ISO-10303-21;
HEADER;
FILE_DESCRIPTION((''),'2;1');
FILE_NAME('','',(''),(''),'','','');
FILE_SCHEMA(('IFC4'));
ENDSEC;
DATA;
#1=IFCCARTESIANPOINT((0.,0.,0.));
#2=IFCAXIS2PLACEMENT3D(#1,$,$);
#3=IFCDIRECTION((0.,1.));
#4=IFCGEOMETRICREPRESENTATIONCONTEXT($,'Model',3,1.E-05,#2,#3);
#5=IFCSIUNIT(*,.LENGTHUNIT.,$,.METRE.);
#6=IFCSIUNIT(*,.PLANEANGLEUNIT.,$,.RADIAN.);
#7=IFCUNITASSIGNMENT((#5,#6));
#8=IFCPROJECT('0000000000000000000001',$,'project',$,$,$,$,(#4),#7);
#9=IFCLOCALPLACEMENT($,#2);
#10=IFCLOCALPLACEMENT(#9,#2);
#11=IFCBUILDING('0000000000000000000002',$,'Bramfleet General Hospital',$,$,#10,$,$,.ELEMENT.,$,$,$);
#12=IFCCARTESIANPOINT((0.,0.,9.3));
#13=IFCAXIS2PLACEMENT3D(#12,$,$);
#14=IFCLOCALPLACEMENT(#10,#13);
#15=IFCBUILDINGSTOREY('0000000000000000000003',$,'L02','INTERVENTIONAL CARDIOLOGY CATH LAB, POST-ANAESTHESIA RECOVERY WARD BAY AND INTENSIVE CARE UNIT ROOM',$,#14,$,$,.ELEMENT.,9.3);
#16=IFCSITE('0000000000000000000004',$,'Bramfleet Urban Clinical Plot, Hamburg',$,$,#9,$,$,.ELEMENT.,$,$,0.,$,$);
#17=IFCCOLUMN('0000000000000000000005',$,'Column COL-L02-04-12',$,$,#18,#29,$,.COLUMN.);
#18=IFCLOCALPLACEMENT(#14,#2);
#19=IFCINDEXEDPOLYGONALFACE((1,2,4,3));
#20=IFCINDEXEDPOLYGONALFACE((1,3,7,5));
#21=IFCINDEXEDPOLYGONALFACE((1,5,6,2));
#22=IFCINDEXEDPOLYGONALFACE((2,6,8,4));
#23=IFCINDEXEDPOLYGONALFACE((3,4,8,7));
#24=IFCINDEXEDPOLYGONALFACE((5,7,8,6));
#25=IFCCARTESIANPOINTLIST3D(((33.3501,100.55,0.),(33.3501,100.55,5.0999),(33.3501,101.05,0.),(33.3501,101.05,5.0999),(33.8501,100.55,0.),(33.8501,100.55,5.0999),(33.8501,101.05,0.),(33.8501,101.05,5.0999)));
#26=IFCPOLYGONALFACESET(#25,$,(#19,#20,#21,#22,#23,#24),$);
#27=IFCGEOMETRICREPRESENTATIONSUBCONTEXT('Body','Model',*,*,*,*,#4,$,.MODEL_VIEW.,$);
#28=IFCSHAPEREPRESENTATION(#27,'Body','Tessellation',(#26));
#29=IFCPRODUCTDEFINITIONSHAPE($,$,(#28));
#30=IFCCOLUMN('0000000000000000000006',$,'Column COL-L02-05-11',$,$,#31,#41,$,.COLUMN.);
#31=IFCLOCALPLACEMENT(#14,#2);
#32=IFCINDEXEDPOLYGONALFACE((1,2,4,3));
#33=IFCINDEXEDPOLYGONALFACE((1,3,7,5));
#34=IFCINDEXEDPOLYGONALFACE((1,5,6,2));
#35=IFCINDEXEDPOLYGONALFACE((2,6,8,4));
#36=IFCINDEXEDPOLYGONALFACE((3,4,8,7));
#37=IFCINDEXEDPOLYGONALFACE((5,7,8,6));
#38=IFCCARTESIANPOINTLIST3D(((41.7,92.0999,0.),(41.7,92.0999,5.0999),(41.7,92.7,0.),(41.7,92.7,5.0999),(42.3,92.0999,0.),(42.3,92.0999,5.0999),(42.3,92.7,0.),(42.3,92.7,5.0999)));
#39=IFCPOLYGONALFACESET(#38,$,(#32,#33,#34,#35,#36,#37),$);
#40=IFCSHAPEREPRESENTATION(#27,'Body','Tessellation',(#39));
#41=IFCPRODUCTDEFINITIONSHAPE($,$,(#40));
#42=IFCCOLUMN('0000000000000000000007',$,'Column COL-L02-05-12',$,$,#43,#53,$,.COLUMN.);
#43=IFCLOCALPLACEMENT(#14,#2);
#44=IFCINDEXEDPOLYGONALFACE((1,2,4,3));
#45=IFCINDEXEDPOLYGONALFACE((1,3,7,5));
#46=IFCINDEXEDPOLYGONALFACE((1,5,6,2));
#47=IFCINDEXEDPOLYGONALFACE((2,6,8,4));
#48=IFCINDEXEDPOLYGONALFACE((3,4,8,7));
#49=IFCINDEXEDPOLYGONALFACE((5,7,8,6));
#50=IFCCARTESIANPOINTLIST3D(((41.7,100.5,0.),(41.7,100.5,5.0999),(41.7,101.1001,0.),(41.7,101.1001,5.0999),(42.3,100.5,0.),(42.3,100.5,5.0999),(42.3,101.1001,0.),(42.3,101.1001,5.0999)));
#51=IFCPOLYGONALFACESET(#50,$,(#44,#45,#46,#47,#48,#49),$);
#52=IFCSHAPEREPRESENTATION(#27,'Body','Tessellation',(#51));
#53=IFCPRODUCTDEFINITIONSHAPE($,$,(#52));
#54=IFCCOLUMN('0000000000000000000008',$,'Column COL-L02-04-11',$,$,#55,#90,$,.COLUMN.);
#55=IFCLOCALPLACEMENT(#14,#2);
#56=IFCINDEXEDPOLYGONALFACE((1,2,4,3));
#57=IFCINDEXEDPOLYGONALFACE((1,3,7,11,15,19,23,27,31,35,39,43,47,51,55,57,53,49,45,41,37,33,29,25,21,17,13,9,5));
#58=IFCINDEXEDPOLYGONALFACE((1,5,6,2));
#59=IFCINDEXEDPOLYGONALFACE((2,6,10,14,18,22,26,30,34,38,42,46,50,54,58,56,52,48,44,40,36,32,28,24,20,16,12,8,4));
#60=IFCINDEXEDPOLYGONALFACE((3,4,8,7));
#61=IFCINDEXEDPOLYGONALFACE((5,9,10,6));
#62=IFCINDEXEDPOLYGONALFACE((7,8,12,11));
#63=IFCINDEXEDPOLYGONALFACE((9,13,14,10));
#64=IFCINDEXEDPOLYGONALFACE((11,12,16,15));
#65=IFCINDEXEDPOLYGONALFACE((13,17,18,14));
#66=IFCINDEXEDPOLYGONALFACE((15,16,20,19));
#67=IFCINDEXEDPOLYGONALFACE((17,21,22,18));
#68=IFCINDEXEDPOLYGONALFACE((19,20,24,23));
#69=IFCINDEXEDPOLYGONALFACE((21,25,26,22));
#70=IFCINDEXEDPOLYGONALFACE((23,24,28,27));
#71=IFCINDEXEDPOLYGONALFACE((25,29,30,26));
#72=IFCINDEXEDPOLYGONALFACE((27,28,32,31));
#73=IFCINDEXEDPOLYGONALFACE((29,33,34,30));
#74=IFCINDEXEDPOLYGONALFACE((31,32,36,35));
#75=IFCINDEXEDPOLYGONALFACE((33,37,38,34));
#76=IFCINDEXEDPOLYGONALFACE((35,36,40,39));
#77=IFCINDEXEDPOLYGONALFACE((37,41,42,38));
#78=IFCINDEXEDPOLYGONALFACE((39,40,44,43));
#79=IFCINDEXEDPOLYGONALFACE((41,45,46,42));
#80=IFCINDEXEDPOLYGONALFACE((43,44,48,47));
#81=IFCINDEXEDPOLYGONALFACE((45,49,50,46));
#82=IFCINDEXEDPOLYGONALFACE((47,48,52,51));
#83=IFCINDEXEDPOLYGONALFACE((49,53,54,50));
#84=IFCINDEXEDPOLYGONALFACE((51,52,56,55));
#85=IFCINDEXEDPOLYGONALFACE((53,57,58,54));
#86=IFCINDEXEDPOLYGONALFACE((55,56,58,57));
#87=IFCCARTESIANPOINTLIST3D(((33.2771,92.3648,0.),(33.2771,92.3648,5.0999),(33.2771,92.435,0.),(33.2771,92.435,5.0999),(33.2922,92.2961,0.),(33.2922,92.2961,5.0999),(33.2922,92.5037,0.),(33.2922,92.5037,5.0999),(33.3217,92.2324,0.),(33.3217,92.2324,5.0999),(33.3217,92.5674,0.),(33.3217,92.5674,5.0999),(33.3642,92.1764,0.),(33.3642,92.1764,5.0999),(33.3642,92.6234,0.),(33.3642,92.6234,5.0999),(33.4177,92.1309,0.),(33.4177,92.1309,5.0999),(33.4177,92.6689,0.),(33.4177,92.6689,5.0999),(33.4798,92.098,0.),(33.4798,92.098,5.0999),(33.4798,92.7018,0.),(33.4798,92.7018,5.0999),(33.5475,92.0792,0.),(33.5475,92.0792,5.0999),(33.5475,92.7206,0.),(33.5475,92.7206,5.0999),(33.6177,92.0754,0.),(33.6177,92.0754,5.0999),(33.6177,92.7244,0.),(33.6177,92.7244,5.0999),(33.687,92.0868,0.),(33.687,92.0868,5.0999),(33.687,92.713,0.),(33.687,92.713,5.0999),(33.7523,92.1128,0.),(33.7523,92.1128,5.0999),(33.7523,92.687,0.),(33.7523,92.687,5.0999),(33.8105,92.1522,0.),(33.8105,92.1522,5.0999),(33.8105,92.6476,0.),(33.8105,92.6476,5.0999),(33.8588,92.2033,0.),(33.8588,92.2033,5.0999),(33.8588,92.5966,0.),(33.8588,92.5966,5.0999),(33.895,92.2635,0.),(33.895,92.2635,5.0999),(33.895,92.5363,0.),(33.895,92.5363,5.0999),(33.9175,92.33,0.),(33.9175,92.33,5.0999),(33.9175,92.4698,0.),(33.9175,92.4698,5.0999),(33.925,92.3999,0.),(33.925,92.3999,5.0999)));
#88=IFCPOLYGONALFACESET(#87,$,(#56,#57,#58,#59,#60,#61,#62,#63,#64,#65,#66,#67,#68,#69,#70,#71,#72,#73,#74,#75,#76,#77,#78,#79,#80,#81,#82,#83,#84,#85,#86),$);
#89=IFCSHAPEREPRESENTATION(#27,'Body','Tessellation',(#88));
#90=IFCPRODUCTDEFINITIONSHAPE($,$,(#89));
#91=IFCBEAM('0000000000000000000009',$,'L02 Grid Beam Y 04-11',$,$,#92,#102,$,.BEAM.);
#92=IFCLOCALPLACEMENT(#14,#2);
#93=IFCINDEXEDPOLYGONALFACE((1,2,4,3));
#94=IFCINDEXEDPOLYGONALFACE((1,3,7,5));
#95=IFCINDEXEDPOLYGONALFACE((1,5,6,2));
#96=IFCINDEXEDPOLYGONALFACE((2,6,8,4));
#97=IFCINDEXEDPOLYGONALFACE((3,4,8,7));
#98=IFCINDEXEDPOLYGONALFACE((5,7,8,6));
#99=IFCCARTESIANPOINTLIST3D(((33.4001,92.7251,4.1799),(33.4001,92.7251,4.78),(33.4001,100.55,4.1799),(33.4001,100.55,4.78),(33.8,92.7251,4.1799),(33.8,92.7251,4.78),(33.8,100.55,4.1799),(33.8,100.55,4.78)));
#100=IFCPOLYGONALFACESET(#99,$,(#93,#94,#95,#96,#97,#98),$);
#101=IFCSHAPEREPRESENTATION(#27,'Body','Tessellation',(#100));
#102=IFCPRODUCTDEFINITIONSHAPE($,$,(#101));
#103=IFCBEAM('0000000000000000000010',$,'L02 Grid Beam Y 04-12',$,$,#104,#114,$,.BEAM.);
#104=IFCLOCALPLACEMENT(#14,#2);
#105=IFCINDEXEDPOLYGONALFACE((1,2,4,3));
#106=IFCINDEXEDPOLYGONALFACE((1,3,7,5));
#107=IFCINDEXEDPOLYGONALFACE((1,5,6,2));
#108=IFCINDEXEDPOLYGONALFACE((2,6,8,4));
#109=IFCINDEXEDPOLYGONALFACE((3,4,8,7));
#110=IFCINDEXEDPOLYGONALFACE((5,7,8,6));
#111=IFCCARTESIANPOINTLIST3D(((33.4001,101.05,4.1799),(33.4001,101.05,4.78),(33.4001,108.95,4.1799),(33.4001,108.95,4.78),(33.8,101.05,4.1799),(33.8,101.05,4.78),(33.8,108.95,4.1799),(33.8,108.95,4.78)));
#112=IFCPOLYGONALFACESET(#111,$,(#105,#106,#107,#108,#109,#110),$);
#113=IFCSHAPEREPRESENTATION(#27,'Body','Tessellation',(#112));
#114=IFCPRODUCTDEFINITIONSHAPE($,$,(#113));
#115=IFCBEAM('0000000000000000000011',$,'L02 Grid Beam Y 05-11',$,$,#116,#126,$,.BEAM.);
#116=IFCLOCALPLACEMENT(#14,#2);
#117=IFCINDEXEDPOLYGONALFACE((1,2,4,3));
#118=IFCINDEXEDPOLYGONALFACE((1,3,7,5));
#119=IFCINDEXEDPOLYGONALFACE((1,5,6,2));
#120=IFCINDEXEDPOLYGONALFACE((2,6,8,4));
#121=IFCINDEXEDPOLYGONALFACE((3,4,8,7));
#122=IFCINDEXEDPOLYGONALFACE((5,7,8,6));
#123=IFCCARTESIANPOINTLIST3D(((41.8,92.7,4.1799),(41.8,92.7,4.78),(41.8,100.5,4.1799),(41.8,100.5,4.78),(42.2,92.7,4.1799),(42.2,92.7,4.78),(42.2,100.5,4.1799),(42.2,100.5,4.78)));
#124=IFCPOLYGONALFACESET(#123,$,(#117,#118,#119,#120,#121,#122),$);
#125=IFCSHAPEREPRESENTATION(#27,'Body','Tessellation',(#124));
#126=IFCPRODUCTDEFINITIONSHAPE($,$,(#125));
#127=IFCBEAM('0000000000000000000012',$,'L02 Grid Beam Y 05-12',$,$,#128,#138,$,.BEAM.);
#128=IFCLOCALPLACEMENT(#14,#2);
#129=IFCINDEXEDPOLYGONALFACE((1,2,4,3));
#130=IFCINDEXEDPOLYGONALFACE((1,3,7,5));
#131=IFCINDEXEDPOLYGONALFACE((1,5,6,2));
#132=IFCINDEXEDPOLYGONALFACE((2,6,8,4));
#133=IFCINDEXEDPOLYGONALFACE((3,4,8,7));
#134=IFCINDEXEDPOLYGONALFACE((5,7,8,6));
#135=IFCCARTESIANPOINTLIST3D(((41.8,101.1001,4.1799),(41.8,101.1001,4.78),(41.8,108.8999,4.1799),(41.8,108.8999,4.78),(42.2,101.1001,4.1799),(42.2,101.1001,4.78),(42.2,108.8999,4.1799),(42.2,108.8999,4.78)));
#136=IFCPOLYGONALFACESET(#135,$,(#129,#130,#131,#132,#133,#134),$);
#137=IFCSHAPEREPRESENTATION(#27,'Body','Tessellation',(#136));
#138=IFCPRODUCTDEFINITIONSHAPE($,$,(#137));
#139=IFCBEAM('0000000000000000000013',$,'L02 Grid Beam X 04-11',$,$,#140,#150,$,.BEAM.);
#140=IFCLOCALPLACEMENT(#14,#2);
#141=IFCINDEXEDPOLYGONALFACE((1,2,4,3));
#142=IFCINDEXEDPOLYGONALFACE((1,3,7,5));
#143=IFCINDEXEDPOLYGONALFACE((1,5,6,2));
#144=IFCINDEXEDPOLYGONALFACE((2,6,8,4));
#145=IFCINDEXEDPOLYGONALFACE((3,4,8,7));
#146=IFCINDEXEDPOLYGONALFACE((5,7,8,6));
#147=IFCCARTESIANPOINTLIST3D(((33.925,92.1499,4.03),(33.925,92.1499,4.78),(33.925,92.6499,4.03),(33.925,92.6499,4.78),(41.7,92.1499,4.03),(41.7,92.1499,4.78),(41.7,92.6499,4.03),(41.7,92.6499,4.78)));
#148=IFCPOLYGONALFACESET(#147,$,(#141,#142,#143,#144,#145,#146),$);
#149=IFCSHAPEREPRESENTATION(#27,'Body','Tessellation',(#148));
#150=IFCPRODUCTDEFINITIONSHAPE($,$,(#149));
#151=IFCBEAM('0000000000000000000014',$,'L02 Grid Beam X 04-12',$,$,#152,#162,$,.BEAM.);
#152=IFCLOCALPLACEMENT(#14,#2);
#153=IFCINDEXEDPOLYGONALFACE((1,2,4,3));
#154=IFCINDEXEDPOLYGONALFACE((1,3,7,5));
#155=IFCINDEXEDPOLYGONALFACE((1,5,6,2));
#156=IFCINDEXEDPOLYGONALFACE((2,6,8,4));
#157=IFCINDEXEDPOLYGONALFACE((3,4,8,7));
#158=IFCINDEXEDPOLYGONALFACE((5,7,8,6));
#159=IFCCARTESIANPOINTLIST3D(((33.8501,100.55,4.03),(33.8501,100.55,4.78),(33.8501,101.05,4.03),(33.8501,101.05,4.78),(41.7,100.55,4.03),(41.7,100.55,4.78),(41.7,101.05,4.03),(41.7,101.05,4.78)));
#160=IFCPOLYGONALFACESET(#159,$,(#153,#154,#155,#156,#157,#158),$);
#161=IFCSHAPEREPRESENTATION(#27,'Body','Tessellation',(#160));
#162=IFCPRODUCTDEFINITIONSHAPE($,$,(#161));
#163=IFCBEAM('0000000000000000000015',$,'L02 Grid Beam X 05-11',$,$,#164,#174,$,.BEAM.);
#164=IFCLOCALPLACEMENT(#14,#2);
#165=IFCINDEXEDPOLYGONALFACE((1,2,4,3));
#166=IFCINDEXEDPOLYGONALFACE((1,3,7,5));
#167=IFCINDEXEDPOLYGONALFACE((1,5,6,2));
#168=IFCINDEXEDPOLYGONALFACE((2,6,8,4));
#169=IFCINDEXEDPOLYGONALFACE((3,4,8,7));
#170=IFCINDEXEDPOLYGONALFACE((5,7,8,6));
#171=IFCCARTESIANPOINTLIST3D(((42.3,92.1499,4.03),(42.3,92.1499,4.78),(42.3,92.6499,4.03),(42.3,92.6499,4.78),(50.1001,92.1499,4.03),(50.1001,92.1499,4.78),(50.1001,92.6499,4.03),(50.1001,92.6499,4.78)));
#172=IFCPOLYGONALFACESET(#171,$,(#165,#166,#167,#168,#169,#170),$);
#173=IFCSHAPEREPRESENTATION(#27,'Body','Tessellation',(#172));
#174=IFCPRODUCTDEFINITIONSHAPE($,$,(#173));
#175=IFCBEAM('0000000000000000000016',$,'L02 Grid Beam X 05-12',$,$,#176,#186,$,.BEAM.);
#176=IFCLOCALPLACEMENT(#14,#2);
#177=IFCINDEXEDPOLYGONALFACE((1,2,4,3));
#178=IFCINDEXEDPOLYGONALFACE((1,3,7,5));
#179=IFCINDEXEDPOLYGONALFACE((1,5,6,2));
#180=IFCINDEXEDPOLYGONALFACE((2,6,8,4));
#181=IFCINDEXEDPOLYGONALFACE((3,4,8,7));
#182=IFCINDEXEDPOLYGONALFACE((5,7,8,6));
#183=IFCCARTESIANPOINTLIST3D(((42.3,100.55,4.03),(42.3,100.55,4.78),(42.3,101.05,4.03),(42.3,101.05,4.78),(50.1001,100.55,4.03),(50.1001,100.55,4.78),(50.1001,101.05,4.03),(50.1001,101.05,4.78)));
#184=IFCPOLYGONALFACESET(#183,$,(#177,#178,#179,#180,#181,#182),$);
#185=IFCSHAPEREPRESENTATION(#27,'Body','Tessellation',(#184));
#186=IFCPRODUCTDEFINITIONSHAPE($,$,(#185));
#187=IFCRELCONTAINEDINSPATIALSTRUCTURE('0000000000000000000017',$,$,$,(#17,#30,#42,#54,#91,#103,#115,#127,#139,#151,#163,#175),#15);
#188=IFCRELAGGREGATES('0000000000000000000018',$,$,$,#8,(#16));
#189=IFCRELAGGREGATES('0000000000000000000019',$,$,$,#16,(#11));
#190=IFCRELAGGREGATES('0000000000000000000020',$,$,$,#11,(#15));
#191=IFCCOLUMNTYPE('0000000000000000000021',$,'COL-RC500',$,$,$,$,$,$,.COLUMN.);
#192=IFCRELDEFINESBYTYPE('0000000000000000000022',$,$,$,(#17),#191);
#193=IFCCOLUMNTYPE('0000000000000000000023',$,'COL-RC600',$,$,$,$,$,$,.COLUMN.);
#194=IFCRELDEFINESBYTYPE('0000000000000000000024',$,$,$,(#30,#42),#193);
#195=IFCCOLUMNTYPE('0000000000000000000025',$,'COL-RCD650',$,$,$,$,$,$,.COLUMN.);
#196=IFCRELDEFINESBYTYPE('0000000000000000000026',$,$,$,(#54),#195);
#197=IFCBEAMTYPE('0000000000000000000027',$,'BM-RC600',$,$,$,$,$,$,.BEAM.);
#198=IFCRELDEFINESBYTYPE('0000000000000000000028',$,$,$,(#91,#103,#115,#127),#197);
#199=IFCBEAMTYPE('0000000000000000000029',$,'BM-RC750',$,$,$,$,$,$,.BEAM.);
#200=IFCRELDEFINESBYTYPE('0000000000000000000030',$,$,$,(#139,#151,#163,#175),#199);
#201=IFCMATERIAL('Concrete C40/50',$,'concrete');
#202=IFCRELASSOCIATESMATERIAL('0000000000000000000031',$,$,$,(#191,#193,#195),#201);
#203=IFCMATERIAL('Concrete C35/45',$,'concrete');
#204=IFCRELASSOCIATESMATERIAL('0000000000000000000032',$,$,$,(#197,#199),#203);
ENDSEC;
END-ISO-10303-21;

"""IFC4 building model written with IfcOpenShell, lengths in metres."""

from ifc_helpers import new_model, si_unit, direction, frame, origin, origin_2d, place, context, subcontext, project, spatial, rectangle, circle, extrude, material, material_profile, profile_set, type_object, element, save


model = new_model("IFC4")

# Units and contexts
model_context = context("Model", 3, precision=1e-05, world=origin(), true_north=direction((0.0, 1.0)))
body_context = subcontext(model_context, "Body", "Model", "MODEL_VIEW")
ifc_project = project(units=[si_unit("LENGTHUNIT", "METRE"), si_unit("PLANEANGLEUNIT", "RADIAN")], contexts=[model_context])

# Site, building, storey
site_placement = place(None, origin())
site = spatial("IfcSite", under=ifc_project, at=site_placement, Name="Bramfleet Urban Clinical Plot, Hamburg", CompositionType="ELEMENT", RefElevation=0.0)
building_placement = place(site_placement, origin())
building = spatial("IfcBuilding", under=site, at=building_placement, Name="Bramfleet General Hospital", CompositionType="ELEMENT")
storey_placement = place(building_placement, frame((0.0, 0.0, 9.3)))
storey = spatial("IfcBuildingStorey", under=building, at=storey_placement, Name="L02", Description="INTERVENTIONAL CARDIOLOGY CATH LAB, POST-ANAESTHESIA RECOVERY WARD BAY AND INTENSIVE CARE UNIT ROOM", CompositionType="ELEMENT", Elevation=9.3)

# Columns
ifc_material_1 = material(Name="Concrete C40/50", Category="concrete")
ifc_material_profile_1 = material_profile(ifc_material_1, rectangle(XDim=0.5, YDim=0.5, at=origin_2d()), Name="RC COL 500x500")
ifc_profile_set_1 = profile_set([ifc_material_profile_1], Name="Concrete C40/50")
column_type_1 = type_object("IfcColumnType", Name="COL-RC500", PredefinedType="COLUMN", material=ifc_profile_set_1)
column_1_placement = place(storey_placement, frame((33.6001, 100.8, 0.0), z_axis=(0.0, 0.0, 1.0), x_axis=(1.0, 0.0, 0.0)))
element("IfcColumn", 1, at=column_1_placement, inside=storey, type_object=column_type_1, Name="Column COL-L02-04-12", PredefinedType="COLUMN", context=body_context, shape_type="SweptSolid", body=[
    extrude(rectangle(XDim=0.5, YDim=0.5, at=origin_2d()), origin(), (0.0, 0.0, 1.0), 5.0999),
])
ifc_material_profile_2 = material_profile(ifc_material_1, rectangle(XDim=0.6001, YDim=0.6001, at=origin_2d()), Name="RC COL 600x600")
ifc_profile_set_2 = profile_set([ifc_material_profile_2], Name="Concrete C40/50")
column_type_2 = type_object("IfcColumnType", Name="COL-RC600", PredefinedType="COLUMN", material=ifc_profile_set_2)
for number, where, z_axis, x_axis, name in (
    (2, (42.0, 92.3999, 0.0), (0.0, 0.0, 1.0), (1.0, 0.0, 0.0), "Column COL-L02-05-11"),
    (3, (42.0, 100.8, 0.0), (0.0, 0.0, 1.0), (1.0, 0.0, 0.0), "Column COL-L02-05-12"),
):
    element("IfcColumn", number, at=place(storey_placement, frame(where, z_axis=z_axis, x_axis=x_axis)), inside=storey, type_object=column_type_2, Name=name, PredefinedType="COLUMN", context=body_context, shape_type="SweptSolid", body=[
        extrude(rectangle(XDim=0.6001, YDim=0.6001, at=origin_2d()), origin(), (0.0, 0.0, 1.0), 5.0999),
    ])
ifc_material_profile_3 = material_profile(ifc_material_1, circle(Radius=0.325, at=origin_2d()), Name="RC ROUND D650")
ifc_profile_set_3 = profile_set([ifc_material_profile_3], Name="Concrete C40/50")
column_type_3 = type_object("IfcColumnType", Name="COL-RCD650", PredefinedType="COLUMN", material=ifc_profile_set_3)
column_2_placement = place(storey_placement, frame((33.6001, 92.3999, 0.0), z_axis=(0.0, 0.0, 1.0), x_axis=(1.0, 0.0, 0.0)))
element("IfcColumn", 4, at=column_2_placement, inside=storey, type_object=column_type_3, Name="Column COL-L02-04-11", PredefinedType="COLUMN", context=body_context, shape_type="SweptSolid", body=[
    extrude(circle(Radius=0.325, at=origin_2d()), origin(), (0.0, 0.0, 1.0), 5.0999),
])

# Beams
ifc_material_2 = material(Name="Concrete C35/45", Category="concrete")
ifc_material_profile_4 = material_profile(ifc_material_2, rectangle(XDim=0.3999, YDim=0.6001, at=origin_2d()), Name="RC BM 600x400")
ifc_profile_set_4 = profile_set([ifc_material_profile_4], Name="Concrete C35/45")
beam_type_1 = type_object("IfcBeamType", Name="BM-RC600", PredefinedType="BEAM", material=ifc_profile_set_4)
beam_1_placement = place(storey_placement, frame((33.6001, 92.7251, 4.48), z_axis=(0.0, 1.0, 0.0), x_axis=(-1.0, 0.0, 0.0)))
element("IfcBeam", 5, at=beam_1_placement, inside=storey, type_object=beam_type_1, Name="L02 Grid Beam Y 04-11", PredefinedType="BEAM", context=body_context, shape_type="SweptSolid", body=[
    extrude(rectangle(XDim=0.3999, YDim=0.6001, at=origin_2d()), origin(), (0.0, 0.0, 1.0), 7.825),
])
beam_2_placement = place(storey_placement, frame((33.6001, 101.05, 4.48), z_axis=(0.0, 1.0, 0.0), x_axis=(-1.0, 0.0, 0.0)))
element("IfcBeam", 6, at=beam_2_placement, inside=storey, type_object=beam_type_1, Name="L02 Grid Beam Y 04-12", PredefinedType="BEAM", context=body_context, shape_type="SweptSolid", body=[
    extrude(rectangle(XDim=0.3999, YDim=0.6001, at=origin_2d()), origin(), (0.0, 0.0, 1.0), 7.8999),
])
beam_3_placement = place(storey_placement, frame((42.0, 92.7, 4.48), z_axis=(0.0, 1.0, 0.0), x_axis=(-1.0, 0.0, 0.0)))
element("IfcBeam", 7, at=beam_3_placement, inside=storey, type_object=beam_type_1, Name="L02 Grid Beam Y 05-11", PredefinedType="BEAM", context=body_context, shape_type="SweptSolid", body=[
    extrude(rectangle(XDim=0.3999, YDim=0.6001, at=origin_2d()), origin(), (0.0, 0.0, 1.0), 7.8),
])
beam_4_placement = place(storey_placement, frame((42.0, 101.1001, 4.48), z_axis=(0.0, 1.0, 0.0), x_axis=(-1.0, 0.0, 0.0)))
element("IfcBeam", 8, at=beam_4_placement, inside=storey, type_object=beam_type_1, Name="L02 Grid Beam Y 05-12", PredefinedType="BEAM", context=body_context, shape_type="SweptSolid", body=[
    extrude(rectangle(XDim=0.3999, YDim=0.6001, at=origin_2d()), origin(), (0.0, 0.0, 1.0), 7.7998),
])
ifc_material_profile_5 = material_profile(ifc_material_2, rectangle(XDim=0.5, YDim=0.75, at=origin_2d()), Name="RC BM 750x500")
ifc_profile_set_5 = profile_set([ifc_material_profile_5], Name="Concrete C35/45")
beam_type_2 = type_object("IfcBeamType", Name="BM-RC750", PredefinedType="BEAM", material=ifc_profile_set_5)
beam_5_placement = place(storey_placement, frame((33.925, 92.3999, 4.405), z_axis=(1.0, 0.0, 0.0), x_axis=(0.0, 1.0, 0.0)))
element("IfcBeam", 9, at=beam_5_placement, inside=storey, type_object=beam_type_2, Name="L02 Grid Beam X 04-11", PredefinedType="BEAM", context=body_context, shape_type="SweptSolid", body=[
    extrude(rectangle(XDim=0.5, YDim=0.75, at=origin_2d()), origin(), (0.0, 0.0, 1.0), 7.7749),
])
beam_6_placement = place(storey_placement, frame((33.8501, 100.8, 4.405), z_axis=(1.0, 0.0, 0.0), x_axis=(0.0, 1.0, 0.0)))
element("IfcBeam", 10, at=beam_6_placement, inside=storey, type_object=beam_type_2, Name="L02 Grid Beam X 04-12", PredefinedType="BEAM", context=body_context, shape_type="SweptSolid", body=[
    extrude(rectangle(XDim=0.5, YDim=0.75, at=origin_2d()), origin(), (0.0, 0.0, 1.0), 7.8499),
])
for number, where, z_axis, x_axis, name in (
    (11, (42.3, 92.3999, 4.405), (1.0, 0.0, 0.0), (0.0, 1.0, 0.0), "L02 Grid Beam X 05-11"),
    (12, (42.3, 100.8, 4.405), (1.0, 0.0, 0.0), (0.0, 1.0, 0.0), "L02 Grid Beam X 05-12"),
):
    element("IfcBeam", number, at=place(storey_placement, frame(where, z_axis=z_axis, x_axis=x_axis)), inside=storey, type_object=beam_type_2, Name=name, PredefinedType="BEAM", context=body_context, shape_type="SweptSolid", body=[
        extrude(rectangle(XDim=0.5, YDim=0.75, at=origin_2d()), origin(), (0.0, 0.0, 1.0), 7.8),
    ])

save(model, "model.ifc")
